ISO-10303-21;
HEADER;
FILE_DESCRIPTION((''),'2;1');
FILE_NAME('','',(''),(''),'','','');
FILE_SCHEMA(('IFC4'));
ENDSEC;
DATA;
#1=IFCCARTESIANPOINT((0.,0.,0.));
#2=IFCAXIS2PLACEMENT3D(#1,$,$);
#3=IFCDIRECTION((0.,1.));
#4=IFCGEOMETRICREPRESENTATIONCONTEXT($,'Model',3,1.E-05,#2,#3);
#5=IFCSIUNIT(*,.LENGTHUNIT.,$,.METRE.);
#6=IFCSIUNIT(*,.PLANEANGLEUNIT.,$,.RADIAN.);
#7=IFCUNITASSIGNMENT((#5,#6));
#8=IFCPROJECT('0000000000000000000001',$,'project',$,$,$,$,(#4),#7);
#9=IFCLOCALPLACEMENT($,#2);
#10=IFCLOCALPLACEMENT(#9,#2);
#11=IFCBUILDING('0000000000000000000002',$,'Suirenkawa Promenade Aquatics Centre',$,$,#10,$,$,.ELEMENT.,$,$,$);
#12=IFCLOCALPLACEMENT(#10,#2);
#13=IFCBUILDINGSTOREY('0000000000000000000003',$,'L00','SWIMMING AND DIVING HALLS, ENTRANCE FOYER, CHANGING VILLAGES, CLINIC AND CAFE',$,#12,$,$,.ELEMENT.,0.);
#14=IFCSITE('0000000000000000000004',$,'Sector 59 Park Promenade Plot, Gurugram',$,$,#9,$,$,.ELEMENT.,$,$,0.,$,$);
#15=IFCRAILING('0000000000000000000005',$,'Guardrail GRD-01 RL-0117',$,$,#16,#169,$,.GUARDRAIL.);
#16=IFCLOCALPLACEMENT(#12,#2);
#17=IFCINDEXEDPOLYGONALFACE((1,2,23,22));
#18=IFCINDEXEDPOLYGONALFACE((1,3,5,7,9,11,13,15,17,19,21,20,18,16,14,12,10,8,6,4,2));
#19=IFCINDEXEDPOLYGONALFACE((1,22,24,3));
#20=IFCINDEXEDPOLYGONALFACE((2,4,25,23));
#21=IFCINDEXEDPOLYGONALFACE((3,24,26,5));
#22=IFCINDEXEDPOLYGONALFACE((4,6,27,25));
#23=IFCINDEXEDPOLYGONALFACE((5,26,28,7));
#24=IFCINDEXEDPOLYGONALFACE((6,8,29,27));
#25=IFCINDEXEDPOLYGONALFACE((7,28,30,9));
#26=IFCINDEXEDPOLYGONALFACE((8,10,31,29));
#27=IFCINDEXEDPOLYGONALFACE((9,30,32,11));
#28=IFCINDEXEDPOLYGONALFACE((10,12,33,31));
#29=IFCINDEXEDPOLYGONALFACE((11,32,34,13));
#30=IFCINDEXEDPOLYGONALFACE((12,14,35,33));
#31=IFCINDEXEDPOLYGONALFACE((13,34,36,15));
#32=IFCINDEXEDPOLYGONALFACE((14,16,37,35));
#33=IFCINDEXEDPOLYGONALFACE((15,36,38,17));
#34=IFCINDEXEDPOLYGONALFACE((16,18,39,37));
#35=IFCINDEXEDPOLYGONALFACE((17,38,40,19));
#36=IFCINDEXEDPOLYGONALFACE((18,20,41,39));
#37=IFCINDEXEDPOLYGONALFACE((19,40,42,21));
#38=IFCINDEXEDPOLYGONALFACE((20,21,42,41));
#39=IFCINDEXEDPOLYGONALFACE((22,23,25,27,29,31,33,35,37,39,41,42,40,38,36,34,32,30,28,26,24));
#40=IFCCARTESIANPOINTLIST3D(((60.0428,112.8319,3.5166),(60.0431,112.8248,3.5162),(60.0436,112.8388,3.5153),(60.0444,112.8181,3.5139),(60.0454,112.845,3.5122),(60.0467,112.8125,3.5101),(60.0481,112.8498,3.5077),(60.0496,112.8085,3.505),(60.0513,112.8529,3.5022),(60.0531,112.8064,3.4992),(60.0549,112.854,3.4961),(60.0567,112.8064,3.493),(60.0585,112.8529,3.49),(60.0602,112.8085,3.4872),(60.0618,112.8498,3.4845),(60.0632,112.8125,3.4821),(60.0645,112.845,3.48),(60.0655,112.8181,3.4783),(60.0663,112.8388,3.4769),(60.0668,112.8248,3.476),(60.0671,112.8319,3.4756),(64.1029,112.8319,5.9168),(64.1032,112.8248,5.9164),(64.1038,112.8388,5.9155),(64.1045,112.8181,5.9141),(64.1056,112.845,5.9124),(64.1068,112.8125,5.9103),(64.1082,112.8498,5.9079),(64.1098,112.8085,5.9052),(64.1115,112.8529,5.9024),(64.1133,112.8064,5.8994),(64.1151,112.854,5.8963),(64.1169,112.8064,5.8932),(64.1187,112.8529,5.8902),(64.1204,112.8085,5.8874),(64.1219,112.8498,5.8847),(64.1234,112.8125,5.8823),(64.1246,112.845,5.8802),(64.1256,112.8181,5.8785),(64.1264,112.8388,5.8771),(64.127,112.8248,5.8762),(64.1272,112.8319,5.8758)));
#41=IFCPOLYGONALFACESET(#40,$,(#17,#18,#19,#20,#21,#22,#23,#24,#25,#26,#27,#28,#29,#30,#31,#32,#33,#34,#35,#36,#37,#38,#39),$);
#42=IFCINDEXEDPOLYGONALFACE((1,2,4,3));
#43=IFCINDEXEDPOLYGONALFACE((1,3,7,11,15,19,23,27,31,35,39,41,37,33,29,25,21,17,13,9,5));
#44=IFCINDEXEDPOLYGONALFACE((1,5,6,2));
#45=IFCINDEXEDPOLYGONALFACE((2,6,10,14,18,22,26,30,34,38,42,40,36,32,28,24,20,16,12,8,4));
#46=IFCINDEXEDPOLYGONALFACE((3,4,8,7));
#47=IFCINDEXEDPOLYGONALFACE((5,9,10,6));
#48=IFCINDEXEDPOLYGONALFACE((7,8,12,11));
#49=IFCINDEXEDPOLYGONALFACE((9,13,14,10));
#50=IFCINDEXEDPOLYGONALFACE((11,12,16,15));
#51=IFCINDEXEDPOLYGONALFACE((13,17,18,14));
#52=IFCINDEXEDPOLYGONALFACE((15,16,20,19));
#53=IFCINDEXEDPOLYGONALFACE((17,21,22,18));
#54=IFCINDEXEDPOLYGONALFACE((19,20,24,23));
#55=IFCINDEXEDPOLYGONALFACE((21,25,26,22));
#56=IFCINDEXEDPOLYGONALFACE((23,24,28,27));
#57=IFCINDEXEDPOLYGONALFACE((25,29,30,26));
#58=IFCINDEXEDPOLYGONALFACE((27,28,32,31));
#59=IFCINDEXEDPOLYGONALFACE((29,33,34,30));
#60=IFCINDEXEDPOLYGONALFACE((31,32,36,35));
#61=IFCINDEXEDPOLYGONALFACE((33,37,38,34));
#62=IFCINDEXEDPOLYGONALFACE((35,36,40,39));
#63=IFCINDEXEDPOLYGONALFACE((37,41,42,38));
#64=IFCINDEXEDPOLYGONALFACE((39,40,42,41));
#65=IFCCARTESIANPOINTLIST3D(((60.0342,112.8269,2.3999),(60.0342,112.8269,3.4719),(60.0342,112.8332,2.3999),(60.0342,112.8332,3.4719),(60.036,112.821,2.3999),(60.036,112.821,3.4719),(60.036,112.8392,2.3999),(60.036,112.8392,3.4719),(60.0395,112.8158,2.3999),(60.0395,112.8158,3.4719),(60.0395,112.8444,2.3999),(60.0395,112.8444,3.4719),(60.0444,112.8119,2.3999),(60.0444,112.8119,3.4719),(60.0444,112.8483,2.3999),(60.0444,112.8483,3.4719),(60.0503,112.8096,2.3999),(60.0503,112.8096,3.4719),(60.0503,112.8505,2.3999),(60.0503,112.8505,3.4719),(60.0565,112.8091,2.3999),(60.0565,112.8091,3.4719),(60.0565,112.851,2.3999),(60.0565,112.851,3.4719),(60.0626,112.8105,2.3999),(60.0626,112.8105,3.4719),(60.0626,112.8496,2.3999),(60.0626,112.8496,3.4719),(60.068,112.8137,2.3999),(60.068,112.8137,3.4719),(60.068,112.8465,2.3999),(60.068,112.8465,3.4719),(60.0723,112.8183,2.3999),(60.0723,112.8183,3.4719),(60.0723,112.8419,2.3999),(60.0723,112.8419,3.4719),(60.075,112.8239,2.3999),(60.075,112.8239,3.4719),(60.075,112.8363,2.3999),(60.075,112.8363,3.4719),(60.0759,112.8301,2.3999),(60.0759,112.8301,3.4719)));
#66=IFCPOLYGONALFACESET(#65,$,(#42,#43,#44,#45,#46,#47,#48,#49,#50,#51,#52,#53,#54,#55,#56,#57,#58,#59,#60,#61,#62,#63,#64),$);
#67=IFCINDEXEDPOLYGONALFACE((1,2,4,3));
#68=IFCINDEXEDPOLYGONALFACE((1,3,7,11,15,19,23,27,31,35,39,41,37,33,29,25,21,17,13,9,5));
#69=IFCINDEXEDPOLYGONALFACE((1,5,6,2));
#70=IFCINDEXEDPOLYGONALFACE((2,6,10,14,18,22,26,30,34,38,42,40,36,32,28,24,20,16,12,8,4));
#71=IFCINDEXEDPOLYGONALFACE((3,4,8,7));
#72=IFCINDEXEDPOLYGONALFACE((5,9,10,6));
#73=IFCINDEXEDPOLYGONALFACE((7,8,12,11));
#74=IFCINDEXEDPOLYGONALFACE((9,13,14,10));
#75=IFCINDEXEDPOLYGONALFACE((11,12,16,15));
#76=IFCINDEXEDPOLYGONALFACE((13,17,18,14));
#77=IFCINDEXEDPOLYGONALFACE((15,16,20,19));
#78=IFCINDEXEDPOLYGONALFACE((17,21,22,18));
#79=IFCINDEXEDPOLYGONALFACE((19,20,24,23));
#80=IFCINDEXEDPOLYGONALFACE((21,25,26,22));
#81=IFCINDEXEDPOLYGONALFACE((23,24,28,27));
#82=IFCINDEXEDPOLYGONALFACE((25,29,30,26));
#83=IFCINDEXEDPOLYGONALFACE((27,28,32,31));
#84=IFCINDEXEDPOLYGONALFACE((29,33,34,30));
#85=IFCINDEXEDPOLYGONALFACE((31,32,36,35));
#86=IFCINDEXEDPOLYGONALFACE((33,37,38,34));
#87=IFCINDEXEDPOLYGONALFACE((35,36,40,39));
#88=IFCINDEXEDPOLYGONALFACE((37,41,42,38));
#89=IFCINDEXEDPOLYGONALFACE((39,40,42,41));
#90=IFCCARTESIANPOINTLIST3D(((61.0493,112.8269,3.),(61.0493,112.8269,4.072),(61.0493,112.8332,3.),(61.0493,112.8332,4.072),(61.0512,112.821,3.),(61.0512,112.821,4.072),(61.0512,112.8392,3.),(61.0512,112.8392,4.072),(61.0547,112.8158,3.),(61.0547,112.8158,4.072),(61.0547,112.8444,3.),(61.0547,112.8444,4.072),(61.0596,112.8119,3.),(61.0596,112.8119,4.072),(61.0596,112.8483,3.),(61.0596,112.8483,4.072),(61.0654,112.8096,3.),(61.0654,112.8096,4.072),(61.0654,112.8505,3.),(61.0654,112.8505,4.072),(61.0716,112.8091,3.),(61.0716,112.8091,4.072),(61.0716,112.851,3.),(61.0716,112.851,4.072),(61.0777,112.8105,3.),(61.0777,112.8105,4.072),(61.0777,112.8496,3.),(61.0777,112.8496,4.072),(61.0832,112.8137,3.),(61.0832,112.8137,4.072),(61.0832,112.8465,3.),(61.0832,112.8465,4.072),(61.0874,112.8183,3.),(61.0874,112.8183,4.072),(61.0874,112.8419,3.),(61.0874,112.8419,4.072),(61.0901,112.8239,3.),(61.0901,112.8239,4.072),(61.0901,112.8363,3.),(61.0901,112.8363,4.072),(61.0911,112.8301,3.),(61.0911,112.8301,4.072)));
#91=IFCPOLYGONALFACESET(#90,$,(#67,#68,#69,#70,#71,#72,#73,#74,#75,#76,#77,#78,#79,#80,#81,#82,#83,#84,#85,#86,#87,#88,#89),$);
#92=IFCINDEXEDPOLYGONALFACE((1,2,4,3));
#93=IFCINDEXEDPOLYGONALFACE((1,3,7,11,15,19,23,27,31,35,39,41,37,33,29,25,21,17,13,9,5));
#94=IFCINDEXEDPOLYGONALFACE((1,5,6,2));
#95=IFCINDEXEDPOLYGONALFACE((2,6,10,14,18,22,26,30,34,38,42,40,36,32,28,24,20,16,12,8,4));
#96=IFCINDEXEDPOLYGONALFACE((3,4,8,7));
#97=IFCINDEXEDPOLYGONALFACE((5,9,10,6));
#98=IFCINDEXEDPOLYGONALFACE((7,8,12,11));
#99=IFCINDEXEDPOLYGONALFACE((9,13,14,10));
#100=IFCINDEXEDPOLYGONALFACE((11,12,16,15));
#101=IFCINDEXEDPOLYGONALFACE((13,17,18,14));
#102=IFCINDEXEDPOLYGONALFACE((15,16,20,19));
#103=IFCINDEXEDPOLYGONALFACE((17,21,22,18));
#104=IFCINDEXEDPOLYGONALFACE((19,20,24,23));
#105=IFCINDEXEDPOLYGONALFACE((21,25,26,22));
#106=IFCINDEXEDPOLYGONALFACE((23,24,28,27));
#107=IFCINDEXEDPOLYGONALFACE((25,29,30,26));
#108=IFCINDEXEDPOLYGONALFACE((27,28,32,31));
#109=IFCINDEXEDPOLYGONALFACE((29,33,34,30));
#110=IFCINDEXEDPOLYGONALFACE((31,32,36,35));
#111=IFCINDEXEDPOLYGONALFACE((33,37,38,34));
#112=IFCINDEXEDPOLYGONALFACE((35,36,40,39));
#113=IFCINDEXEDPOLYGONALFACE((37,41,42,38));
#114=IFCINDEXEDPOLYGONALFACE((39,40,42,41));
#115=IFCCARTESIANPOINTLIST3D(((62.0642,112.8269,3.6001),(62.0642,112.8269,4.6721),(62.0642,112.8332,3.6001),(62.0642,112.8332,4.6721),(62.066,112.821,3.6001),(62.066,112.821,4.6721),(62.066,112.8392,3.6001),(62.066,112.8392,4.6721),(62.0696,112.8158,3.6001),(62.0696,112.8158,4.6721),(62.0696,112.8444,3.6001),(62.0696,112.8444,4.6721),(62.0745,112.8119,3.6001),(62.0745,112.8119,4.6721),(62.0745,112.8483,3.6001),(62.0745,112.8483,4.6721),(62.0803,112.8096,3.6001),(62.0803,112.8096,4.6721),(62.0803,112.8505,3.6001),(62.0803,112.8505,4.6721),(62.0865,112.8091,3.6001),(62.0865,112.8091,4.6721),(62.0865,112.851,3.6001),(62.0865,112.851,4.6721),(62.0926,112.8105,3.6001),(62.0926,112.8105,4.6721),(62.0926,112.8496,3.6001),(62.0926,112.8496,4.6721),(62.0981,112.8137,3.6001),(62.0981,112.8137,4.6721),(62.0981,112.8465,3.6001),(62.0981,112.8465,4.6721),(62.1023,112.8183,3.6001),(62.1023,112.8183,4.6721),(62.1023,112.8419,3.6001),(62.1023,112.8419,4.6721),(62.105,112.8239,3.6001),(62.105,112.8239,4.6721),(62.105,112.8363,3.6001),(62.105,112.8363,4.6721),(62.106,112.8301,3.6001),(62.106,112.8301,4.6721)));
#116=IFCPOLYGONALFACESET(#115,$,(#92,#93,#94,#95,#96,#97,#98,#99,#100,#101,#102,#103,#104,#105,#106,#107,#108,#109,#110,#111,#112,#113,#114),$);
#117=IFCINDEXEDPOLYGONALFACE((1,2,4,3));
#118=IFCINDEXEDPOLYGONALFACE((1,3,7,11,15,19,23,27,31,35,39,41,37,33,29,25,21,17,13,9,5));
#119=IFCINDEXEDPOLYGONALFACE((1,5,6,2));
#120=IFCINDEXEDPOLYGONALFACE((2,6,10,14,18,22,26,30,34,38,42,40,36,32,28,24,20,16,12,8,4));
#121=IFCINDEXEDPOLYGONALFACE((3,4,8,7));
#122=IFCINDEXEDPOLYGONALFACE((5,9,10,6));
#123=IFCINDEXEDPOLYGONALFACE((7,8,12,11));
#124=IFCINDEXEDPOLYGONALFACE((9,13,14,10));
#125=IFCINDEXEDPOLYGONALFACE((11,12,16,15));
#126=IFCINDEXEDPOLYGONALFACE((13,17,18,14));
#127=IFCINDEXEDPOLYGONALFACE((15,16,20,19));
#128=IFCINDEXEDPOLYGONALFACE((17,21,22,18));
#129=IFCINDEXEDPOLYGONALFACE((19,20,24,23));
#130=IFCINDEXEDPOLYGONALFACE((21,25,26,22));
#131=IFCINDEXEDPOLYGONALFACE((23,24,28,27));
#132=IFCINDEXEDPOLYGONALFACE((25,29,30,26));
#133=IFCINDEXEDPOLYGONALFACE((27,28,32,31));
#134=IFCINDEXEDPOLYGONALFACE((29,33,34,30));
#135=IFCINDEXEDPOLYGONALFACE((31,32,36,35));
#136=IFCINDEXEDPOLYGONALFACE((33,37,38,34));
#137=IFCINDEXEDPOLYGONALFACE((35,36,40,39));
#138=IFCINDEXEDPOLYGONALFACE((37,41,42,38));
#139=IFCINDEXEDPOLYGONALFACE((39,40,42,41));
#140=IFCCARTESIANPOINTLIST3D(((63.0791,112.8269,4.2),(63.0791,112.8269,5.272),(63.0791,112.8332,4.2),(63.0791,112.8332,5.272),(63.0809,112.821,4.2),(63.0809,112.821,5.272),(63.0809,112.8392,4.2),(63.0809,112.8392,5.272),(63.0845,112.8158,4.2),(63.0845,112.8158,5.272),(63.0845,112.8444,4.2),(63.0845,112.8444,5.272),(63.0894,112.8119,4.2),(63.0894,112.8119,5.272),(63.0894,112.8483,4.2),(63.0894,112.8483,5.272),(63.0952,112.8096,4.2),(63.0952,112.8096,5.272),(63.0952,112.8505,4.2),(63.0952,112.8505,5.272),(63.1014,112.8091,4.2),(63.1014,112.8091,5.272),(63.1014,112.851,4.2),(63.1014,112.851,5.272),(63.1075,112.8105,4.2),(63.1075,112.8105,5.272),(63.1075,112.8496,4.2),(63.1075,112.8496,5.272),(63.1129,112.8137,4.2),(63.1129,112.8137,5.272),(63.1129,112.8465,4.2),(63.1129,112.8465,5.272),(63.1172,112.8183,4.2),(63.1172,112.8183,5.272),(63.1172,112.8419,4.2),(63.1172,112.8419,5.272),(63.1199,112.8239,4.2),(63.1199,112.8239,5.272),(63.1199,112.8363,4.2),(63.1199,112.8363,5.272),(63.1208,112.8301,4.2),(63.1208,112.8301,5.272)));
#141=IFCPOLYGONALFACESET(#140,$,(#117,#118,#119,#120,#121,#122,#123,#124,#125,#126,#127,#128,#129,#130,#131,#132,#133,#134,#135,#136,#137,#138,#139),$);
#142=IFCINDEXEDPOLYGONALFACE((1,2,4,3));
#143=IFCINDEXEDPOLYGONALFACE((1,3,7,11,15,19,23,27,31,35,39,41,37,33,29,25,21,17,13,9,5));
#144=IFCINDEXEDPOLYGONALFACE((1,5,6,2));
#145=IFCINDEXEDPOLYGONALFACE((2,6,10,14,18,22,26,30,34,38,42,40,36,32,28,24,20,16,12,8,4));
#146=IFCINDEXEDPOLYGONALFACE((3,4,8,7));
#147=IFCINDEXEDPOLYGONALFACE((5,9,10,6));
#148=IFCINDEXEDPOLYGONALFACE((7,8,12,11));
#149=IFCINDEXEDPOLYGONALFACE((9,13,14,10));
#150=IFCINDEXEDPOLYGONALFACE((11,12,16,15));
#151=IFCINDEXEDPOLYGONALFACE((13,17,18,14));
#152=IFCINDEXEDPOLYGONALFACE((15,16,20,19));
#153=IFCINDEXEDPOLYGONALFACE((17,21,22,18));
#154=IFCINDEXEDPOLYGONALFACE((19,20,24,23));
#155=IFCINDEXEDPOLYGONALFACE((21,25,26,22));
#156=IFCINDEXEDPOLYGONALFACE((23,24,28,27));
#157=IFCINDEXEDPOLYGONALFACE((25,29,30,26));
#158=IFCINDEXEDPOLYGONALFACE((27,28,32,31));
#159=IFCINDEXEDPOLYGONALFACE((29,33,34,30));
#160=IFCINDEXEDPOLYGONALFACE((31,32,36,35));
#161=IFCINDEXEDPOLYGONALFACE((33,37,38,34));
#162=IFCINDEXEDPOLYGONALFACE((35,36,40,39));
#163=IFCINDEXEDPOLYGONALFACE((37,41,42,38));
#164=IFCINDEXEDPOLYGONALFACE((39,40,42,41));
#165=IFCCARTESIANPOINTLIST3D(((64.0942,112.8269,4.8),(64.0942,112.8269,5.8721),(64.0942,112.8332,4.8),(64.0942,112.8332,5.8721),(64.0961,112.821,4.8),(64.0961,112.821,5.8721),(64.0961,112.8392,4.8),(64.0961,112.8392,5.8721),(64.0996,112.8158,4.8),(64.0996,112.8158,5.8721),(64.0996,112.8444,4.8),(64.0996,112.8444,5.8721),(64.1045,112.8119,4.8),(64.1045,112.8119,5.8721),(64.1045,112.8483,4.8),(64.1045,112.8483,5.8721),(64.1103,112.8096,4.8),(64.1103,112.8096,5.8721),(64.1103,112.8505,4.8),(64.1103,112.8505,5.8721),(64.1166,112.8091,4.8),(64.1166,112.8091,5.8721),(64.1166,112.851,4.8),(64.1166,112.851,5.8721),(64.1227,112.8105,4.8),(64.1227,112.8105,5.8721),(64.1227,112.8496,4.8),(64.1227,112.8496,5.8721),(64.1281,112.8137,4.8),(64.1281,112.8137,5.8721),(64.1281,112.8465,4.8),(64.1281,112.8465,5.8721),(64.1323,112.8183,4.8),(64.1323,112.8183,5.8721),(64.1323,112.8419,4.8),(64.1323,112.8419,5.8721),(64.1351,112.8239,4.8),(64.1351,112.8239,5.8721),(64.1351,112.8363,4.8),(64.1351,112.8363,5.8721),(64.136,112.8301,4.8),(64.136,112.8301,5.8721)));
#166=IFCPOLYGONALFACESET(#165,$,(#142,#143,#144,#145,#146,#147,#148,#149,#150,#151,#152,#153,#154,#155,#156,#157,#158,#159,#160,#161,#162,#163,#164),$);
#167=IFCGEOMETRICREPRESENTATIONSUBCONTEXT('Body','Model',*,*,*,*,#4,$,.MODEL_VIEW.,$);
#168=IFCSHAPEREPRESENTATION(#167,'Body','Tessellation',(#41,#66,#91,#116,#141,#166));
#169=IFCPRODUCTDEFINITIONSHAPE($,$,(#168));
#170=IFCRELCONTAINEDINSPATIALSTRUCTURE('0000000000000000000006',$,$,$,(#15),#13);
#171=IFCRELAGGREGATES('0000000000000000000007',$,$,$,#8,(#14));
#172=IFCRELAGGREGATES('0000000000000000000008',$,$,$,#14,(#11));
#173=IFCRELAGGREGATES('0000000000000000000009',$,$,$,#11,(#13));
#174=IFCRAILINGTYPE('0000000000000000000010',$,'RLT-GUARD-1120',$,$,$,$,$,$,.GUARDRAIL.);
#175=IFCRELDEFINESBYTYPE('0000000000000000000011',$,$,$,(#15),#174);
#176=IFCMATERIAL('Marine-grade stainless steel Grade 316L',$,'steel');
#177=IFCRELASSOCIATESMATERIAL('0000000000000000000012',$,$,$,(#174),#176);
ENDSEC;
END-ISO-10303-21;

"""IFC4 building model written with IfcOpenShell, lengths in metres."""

from ifc_helpers import new_model, si_unit, direction, frame, origin, origin_2d, place, context, subcontext, project, spatial, circle, extrude, material, type_object, element, save


model = new_model("IFC4")

# Units and contexts
model_context = context("Model", 3, precision=1e-05, world=origin(), true_north=direction((0.0, 1.0)))
body_context = subcontext(model_context, "Body", "Model", "MODEL_VIEW")
ifc_project = project(units=[si_unit("LENGTHUNIT", "METRE"), si_unit("PLANEANGLEUNIT", "RADIAN")], contexts=[model_context])

# Site, building, storey
site_placement = place(None, origin())
site = spatial("IfcSite", under=ifc_project, at=site_placement, Name="Sector 59 Park Promenade Plot, Gurugram", CompositionType="ELEMENT", RefElevation=0.0)
building_placement = place(site_placement, origin())
building = spatial("IfcBuilding", under=site, at=building_placement, Name="Suirenkawa Promenade Aquatics Centre", CompositionType="ELEMENT")
storey_placement = place(building_placement, origin())
storey = spatial("IfcBuildingStorey", under=building, at=storey_placement, Name="L00", Description="SWIMMING AND DIVING HALLS, ENTRANCE FOYER, CHANGING VILLAGES, CLINIC AND CAFE", CompositionType="ELEMENT", Elevation=0.0)

# Shared definitions
ifc_material_1 = material(Name="Marine-grade stainless steel Grade 316L", Category="steel")

# Railing
railing_type_1 = type_object("IfcRailingType", Name="RLT-GUARD-1120", PredefinedType="GUARDRAIL", material=ifc_material_1)
railing_1_placement = place(storey_placement, frame((60.0549, 112.8301, 2.3999)))
element("IfcRailing", 1, at=railing_1_placement, inside=storey, type_object=railing_type_1, Name="Guardrail GRD-01 RL-0117", PredefinedType="GUARDRAIL", context=body_context, shape_type="SweptSolid", body=[
    extrude(circle(Radius=0.0239, at=origin_2d()), frame((0.0, 0.0, 1.0962), z_axis=(0.860832, 0.0, 0.50889), x_axis=(0.0, 1.0, 0.0)), (0.0, 0.0, 1.0), 4.7166),
    extrude(circle(Radius=0.021, at=origin_2d()), origin(), (0.0, 0.0, 1.0), 1.072),
    extrude(circle(Radius=0.021, at=origin_2d()), frame((1.0151, 0.0, 0.6001)), (0.0, 0.0, 1.0), 1.072),
    extrude(circle(Radius=0.021, at=origin_2d()), frame((2.03, 0.0, 1.2002)), (0.0, 0.0, 1.0), 1.072),
    extrude(circle(Radius=0.021, at=origin_2d()), frame((3.0449, 0.0, 1.8)), (0.0, 0.0, 1.0), 1.072),
    extrude(circle(Radius=0.021, at=origin_2d()), frame((4.0601, 0.0, 2.4001)), (0.0, 0.0, 1.0), 1.072),
])

save(model, "model.ifc")
